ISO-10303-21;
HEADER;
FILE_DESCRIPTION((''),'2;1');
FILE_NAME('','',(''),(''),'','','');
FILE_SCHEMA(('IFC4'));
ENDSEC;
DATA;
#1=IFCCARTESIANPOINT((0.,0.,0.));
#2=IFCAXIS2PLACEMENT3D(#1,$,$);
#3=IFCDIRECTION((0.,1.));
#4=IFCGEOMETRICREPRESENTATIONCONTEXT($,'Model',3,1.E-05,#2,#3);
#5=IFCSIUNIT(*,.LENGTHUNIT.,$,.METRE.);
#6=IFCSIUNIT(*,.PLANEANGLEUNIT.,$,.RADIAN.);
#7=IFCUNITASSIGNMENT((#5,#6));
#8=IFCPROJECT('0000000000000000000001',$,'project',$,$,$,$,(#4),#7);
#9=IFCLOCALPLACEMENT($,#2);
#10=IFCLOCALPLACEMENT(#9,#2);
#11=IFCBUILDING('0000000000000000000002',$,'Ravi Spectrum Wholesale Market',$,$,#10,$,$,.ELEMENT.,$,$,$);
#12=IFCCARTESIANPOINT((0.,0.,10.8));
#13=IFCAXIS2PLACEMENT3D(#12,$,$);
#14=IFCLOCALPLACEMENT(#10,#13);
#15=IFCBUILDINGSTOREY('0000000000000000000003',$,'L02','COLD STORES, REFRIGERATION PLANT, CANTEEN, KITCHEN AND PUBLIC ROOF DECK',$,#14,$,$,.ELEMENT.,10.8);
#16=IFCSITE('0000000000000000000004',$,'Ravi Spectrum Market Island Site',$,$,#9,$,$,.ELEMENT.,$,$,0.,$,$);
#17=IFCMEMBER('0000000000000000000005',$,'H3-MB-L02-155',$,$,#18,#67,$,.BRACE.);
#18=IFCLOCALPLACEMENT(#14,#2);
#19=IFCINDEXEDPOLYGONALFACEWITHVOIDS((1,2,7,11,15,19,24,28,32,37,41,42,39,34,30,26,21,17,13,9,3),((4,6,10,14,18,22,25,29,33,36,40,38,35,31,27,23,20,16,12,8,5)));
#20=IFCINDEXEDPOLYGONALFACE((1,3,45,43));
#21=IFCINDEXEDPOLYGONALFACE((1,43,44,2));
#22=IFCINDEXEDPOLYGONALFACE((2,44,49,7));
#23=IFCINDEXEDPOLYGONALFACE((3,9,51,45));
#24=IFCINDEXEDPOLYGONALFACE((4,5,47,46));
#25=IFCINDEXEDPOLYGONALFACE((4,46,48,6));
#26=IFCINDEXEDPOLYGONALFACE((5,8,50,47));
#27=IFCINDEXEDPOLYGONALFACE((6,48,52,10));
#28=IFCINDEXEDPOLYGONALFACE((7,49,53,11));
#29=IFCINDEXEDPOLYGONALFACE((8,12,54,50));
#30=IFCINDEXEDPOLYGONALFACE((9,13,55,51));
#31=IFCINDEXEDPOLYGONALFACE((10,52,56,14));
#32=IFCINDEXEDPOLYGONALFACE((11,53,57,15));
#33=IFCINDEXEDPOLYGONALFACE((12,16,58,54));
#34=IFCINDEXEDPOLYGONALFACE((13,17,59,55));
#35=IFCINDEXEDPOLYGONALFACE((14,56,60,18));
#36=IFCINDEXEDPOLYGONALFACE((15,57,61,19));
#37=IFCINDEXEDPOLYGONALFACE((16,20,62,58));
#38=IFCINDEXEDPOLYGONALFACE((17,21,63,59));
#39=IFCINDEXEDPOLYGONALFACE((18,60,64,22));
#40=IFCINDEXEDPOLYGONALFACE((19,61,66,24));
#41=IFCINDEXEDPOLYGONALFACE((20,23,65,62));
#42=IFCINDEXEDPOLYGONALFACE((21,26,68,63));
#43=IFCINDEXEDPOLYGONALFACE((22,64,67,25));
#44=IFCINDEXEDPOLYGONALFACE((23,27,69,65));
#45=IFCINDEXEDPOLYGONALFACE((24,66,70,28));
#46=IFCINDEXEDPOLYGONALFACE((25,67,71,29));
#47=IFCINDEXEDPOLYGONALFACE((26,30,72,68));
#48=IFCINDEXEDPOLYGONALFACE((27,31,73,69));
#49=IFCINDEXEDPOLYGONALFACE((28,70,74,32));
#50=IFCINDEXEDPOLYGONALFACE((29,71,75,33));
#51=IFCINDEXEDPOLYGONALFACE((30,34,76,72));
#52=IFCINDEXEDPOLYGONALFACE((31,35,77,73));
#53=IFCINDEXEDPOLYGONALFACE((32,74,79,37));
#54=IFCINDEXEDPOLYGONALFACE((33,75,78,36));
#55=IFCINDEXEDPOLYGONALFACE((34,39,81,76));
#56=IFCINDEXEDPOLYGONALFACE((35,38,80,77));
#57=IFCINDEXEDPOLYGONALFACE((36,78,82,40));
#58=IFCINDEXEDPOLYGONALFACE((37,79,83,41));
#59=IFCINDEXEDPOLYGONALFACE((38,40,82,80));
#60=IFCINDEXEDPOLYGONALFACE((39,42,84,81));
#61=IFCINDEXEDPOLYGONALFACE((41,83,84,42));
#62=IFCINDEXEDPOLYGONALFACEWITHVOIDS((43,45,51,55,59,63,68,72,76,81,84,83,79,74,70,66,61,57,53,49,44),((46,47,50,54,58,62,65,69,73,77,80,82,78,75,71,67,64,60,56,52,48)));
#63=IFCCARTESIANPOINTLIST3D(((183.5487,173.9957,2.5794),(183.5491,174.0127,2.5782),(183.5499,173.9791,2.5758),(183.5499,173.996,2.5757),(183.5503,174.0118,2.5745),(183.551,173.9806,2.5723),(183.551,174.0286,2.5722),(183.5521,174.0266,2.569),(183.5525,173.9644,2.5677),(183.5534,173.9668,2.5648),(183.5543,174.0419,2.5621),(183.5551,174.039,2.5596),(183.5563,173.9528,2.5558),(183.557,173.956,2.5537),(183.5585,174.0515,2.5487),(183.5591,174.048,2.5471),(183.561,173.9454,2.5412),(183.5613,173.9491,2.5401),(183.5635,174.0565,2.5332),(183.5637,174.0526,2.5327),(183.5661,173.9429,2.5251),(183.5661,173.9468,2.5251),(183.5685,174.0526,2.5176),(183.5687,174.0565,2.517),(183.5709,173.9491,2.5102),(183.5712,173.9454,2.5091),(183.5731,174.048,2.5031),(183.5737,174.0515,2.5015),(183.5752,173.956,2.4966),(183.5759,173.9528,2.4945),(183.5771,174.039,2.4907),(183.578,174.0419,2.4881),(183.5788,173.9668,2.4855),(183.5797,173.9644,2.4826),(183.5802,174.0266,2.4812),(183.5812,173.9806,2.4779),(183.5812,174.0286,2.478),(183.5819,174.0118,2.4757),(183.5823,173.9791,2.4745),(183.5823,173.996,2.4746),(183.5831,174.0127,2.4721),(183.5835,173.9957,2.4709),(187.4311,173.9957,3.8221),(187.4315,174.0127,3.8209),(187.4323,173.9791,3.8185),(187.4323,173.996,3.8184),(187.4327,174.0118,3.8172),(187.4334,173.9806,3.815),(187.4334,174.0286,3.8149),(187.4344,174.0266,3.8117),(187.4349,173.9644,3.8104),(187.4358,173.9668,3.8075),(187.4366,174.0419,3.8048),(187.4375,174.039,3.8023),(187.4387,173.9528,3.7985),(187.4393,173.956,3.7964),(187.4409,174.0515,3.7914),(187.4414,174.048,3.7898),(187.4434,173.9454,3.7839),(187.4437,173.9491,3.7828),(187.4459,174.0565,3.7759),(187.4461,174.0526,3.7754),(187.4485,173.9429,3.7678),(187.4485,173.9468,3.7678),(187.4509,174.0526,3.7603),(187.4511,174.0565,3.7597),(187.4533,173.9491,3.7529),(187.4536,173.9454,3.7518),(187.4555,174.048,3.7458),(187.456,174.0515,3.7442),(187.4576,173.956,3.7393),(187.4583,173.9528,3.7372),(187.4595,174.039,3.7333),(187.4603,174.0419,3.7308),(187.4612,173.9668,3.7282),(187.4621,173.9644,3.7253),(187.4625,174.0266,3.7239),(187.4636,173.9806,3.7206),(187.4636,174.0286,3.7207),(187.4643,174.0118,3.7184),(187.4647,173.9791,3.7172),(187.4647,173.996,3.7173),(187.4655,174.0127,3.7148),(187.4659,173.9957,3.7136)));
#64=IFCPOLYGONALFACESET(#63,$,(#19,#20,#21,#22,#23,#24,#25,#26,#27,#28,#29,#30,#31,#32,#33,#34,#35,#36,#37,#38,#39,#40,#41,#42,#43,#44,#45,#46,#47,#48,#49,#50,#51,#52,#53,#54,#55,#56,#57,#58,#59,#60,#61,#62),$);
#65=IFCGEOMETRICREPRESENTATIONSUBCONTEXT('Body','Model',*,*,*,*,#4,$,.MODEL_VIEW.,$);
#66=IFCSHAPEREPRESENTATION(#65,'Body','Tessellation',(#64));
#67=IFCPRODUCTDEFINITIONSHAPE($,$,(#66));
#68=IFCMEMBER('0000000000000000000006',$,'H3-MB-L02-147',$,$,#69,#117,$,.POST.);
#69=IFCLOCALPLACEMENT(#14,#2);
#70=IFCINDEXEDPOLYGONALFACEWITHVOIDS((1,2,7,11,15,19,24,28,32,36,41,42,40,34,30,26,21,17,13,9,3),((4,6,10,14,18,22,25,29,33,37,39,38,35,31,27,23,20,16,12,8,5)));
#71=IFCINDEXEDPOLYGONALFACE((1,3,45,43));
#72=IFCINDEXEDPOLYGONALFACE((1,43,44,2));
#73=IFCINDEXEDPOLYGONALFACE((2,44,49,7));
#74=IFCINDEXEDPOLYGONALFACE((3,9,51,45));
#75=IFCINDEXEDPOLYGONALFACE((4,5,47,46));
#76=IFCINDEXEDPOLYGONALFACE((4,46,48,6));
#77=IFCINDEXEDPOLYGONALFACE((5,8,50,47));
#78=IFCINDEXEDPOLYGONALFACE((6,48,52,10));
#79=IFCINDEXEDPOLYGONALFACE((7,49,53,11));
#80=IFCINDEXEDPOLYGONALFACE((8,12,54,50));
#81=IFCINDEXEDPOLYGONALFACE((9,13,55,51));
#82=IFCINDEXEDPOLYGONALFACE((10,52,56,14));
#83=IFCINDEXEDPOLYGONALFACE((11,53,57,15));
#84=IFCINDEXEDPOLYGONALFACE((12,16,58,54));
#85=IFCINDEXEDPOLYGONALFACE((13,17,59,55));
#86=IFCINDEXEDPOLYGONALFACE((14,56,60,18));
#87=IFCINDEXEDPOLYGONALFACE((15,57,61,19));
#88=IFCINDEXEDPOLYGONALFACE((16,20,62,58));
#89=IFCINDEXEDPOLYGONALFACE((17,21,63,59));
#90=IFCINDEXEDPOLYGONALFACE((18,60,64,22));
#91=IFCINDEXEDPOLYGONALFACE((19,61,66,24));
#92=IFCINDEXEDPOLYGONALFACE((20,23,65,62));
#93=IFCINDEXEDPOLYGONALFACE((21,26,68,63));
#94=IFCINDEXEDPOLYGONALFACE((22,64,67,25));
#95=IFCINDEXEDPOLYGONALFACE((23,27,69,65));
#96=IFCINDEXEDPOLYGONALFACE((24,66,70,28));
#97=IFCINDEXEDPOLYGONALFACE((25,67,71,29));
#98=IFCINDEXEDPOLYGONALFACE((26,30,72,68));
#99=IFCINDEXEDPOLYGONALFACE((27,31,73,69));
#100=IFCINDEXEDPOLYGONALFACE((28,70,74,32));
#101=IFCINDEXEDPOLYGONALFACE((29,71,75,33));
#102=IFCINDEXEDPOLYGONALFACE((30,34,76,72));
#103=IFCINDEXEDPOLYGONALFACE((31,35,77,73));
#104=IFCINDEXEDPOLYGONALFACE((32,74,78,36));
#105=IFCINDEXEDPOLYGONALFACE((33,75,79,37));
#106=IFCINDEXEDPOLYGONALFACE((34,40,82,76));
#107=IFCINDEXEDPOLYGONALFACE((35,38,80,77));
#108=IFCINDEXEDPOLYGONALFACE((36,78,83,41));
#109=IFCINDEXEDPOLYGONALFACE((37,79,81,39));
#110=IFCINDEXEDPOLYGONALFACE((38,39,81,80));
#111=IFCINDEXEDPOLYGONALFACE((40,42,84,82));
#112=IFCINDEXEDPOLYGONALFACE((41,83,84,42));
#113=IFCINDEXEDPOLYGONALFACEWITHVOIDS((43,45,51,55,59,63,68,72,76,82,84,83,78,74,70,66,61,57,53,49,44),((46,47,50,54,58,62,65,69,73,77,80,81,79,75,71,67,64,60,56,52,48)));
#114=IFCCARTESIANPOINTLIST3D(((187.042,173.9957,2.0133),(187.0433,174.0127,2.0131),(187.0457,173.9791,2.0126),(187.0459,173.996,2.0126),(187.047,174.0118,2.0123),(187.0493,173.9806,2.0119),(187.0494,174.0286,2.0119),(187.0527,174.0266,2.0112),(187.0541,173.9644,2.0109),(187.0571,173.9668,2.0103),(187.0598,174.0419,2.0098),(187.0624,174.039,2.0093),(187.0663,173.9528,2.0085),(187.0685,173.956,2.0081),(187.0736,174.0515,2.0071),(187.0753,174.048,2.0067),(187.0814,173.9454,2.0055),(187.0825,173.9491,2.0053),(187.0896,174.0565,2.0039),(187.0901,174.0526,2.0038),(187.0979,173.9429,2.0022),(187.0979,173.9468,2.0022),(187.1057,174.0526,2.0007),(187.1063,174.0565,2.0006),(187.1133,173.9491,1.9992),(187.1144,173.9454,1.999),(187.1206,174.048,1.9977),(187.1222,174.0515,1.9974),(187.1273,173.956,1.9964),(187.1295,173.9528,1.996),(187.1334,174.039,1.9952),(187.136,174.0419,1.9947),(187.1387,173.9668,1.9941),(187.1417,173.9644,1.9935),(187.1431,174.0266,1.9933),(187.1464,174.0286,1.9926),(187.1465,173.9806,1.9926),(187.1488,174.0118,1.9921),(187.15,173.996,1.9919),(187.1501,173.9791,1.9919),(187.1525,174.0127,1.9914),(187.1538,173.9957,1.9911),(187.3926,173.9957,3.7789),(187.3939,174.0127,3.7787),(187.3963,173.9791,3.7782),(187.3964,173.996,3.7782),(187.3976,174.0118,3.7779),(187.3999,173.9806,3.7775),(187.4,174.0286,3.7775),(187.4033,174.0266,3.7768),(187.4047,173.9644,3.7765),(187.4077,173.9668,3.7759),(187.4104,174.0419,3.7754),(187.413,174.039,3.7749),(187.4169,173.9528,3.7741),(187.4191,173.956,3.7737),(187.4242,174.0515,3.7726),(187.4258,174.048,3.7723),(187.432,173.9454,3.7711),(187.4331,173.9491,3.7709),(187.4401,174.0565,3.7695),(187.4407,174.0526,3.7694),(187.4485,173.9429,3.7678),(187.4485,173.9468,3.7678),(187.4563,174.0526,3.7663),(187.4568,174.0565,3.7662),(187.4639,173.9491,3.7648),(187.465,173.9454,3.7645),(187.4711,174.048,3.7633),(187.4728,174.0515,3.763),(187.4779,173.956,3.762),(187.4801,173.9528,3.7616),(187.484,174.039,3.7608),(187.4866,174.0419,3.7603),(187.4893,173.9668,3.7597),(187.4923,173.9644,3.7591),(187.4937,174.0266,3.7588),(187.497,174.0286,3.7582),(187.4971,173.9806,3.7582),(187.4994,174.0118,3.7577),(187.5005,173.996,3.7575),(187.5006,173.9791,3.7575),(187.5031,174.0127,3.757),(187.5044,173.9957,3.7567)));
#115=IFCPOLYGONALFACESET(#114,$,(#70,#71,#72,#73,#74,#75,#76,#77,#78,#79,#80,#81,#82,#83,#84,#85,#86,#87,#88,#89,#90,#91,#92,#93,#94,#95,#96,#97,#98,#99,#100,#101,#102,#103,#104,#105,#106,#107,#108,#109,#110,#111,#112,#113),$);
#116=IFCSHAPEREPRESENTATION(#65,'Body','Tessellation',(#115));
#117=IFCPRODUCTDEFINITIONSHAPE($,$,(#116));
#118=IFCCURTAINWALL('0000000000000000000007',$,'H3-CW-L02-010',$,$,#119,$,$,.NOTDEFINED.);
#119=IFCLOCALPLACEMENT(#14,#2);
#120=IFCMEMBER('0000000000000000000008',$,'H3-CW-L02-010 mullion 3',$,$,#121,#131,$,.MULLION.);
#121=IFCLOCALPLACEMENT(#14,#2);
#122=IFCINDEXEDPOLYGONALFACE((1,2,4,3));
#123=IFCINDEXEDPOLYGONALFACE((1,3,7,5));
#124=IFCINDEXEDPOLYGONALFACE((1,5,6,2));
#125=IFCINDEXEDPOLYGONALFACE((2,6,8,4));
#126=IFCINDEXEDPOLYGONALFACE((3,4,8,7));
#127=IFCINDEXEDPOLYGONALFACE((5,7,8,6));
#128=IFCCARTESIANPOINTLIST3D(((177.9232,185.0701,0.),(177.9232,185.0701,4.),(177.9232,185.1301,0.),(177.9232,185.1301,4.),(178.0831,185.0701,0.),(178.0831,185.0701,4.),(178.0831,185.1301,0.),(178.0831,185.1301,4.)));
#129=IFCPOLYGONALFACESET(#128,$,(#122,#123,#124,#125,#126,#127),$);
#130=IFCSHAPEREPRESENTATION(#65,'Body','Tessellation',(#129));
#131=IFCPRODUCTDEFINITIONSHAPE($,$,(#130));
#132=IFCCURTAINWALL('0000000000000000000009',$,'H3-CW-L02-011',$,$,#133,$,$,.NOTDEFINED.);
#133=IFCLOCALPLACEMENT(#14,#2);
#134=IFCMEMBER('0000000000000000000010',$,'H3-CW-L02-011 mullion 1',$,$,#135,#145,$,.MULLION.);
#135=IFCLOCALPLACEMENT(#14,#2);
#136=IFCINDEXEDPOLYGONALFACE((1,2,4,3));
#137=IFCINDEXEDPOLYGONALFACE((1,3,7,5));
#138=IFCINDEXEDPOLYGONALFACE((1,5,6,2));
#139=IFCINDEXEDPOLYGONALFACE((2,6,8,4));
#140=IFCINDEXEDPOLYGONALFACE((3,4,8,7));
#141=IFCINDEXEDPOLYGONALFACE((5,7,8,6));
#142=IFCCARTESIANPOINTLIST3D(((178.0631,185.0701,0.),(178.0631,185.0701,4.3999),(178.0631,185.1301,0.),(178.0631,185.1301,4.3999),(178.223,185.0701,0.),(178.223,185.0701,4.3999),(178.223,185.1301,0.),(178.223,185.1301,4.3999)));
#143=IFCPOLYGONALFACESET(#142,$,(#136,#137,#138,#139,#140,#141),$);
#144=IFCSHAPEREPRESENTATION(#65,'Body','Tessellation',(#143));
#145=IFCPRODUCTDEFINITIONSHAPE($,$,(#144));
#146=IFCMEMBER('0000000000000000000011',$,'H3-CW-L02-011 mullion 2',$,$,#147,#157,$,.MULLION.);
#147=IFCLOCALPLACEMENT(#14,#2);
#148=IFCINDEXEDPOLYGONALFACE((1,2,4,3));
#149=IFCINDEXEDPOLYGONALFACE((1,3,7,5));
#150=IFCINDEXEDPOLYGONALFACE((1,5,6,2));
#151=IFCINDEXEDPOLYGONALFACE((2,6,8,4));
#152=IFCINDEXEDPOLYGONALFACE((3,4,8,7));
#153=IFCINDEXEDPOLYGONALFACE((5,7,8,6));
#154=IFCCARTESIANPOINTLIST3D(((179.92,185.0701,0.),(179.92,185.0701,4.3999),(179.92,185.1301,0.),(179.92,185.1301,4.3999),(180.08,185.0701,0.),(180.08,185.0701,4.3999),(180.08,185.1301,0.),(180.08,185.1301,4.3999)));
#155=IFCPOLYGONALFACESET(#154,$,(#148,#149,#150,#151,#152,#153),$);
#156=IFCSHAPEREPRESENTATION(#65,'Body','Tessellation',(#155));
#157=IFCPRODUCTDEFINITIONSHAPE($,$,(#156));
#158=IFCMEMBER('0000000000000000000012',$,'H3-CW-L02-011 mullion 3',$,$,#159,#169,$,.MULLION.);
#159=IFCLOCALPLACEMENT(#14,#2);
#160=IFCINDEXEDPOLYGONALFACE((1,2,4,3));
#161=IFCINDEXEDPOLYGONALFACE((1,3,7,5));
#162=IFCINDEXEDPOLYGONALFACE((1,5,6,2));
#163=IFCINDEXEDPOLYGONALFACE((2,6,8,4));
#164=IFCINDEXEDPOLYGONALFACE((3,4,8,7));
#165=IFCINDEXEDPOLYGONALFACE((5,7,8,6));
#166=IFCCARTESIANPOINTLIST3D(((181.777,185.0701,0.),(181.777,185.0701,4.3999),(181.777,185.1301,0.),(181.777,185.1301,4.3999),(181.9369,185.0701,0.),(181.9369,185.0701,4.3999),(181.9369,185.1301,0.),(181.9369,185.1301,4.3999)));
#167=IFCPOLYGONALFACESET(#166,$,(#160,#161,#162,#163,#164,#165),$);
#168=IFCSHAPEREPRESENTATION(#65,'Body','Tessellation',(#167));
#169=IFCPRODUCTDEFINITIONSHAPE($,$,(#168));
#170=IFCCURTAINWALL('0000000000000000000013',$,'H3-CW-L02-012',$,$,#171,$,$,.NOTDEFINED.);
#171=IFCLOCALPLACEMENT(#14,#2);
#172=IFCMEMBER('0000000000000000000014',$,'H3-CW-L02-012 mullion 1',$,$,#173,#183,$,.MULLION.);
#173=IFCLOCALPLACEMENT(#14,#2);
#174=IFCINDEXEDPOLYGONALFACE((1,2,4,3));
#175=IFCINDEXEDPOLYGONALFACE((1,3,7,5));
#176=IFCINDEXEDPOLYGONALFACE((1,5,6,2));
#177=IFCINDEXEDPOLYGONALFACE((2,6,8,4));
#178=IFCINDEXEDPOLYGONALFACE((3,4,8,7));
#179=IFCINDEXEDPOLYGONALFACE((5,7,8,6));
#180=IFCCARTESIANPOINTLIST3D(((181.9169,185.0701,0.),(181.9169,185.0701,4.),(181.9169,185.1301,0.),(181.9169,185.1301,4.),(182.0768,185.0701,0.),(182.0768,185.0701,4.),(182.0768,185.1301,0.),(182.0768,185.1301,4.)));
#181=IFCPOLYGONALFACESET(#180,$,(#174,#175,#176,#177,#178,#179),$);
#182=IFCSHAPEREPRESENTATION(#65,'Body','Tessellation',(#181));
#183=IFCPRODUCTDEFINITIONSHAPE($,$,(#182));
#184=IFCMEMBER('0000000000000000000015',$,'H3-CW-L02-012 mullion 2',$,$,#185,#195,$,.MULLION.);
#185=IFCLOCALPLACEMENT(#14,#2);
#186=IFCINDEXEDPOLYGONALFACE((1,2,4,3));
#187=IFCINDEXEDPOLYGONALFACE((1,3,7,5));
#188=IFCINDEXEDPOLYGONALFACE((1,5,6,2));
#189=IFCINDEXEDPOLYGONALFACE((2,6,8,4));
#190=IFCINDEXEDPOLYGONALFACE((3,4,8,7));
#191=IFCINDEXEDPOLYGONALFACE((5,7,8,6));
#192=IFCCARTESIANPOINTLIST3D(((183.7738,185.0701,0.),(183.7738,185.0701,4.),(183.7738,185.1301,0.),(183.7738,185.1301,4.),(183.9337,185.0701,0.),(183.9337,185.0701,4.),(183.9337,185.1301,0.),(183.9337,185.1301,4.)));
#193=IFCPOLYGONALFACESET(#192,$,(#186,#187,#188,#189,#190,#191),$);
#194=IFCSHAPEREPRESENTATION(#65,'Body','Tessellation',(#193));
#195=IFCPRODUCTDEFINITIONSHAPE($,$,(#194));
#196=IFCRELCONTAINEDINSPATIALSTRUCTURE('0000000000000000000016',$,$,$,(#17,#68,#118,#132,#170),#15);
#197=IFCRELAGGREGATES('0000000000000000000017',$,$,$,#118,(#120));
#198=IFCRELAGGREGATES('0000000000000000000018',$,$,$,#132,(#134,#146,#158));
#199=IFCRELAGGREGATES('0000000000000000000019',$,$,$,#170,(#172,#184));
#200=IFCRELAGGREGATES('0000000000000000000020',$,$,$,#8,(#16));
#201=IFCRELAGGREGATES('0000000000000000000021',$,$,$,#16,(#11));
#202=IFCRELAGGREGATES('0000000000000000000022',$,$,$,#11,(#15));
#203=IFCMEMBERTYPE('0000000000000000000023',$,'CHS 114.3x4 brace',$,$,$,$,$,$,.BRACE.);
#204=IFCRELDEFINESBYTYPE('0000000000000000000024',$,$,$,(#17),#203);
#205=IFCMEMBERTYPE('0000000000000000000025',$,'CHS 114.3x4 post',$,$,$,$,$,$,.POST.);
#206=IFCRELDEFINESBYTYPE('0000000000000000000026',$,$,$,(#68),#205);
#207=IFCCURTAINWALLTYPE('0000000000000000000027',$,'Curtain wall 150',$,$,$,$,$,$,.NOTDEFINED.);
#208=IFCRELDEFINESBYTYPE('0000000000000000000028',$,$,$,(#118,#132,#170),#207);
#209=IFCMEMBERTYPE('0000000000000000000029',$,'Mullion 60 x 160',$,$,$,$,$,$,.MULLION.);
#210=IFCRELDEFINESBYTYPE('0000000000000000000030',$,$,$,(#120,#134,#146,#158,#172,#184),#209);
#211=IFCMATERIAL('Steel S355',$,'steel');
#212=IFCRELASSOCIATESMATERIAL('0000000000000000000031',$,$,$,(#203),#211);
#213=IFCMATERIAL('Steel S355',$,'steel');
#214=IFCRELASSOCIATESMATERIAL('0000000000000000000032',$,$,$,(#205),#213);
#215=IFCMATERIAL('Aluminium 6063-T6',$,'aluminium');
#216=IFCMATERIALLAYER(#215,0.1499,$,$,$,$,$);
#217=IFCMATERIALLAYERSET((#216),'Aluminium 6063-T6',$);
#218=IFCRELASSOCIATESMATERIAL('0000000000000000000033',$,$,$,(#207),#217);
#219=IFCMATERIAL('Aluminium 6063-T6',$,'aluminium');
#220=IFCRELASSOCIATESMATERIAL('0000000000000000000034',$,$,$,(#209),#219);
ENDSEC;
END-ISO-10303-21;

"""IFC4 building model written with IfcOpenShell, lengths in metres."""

from ifc_helpers import new_model, si_unit, direction, frame, origin, origin_2d, place, context, subcontext, project, spatial, rectangle, hollow_circle, extrude, material, layer, layer_set, material_profile, profile_set, type_object, element, aggregate, save


model = new_model("IFC4")

# Units and contexts
model_context = context("Model", 3, precision=1e-05, world=origin(), true_north=direction((0.0, 1.0)))
body_context = subcontext(model_context, "Body", "Model", "MODEL_VIEW")
ifc_project = project(units=[si_unit("LENGTHUNIT", "METRE"), si_unit("PLANEANGLEUNIT", "RADIAN")], contexts=[model_context])

# Site, building, storey
site_placement = place(None, origin())
site = spatial("IfcSite", under=ifc_project, at=site_placement, Name="Ravi Spectrum Market Island Site", CompositionType="ELEMENT", RefElevation=0.0)
building_placement = place(site_placement, origin())
building = spatial("IfcBuilding", under=site, at=building_placement, Name="Ravi Spectrum Wholesale Market", CompositionType="ELEMENT")
storey_placement = place(building_placement, frame((0.0, 0.0, 10.8)))
storey = spatial("IfcBuildingStorey", under=building, at=storey_placement, Name="L02", Description="COLD STORES, REFRIGERATION PLANT, CANTEEN, KITCHEN AND PUBLIC ROOF DECK", CompositionType="ELEMENT", Elevation=10.8)

# Members
ifc_material_1 = material(Name="Steel S355", Category="steel")
ifc_material_profile_1 = material_profile(ifc_material_1, hollow_circle(Radius=0.0571, WallThickness=0.0039, at=origin_2d()))
ifc_profile_set_1 = profile_set([ifc_material_profile_1], Name="Steel S355")
member_type_1 = type_object("IfcMemberType", Name="CHS 114.3x4 brace", PredefinedType="BRACE", material=ifc_profile_set_1)
member_1_placement = place(storey_placement, frame((187.4485, 174.0, 3.7678), z_axis=(-0.952401, 0.0, -0.30485), x_axis=(0.0, -1.0, 0.0)))
element("IfcMember", 1, at=member_1_placement, inside=storey, type_object=member_type_1, Name="H3-MB-L02-155", PredefinedType="BRACE", context=body_context, shape_type="SweptSolid", body=[
    extrude(hollow_circle(Radius=0.0571, WallThickness=0.0039, at=origin_2d()), origin(), (0.0, 0.0, 1.0), 4.0764),
])
ifc_material_2 = material(Name="Steel S355", Category="steel")
ifc_material_profile_2 = material_profile(ifc_material_2, hollow_circle(Radius=0.0571, WallThickness=0.0039, at=origin_2d()))
ifc_profile_set_2 = profile_set([ifc_material_profile_2], Name="Steel S355")
member_type_2 = type_object("IfcMemberType", Name="CHS 114.3x4 post", PredefinedType="POST", material=ifc_profile_set_2)
member_2_placement = place(storey_placement, frame((187.4485, 174.0, 3.7678), z_axis=(-0.19476, 0.0, -0.980851), x_axis=(0.0, -1.0, 0.0)))
element("IfcMember", 2, at=member_2_placement, inside=storey, type_object=member_type_2, Name="H3-MB-L02-147", PredefinedType="POST", context=body_context, shape_type="SweptSolid", body=[
    extrude(hollow_circle(Radius=0.0571, WallThickness=0.0039, at=origin_2d()), origin(), (0.0, 0.0, 1.0), 1.8),
])

# Curtain wall, member
ifc_material_3 = material(Name="Aluminium 6063-T6", Category="aluminium")
ifc_layer_1 = layer(ifc_material_3, 0.1499)
ifc_layer_set_1 = layer_set([ifc_layer_1], Name="Aluminium 6063-T6")
curtain_wall_type = type_object("IfcCurtainWallType", Name="Curtain wall 150", PredefinedType="NOTDEFINED", material=ifc_layer_set_1)
curtain_wall_1_placement = place(storey_placement, origin())
curtain_wall_1 = element("IfcCurtainWall", 3, at=curtain_wall_1_placement, inside=storey, type_object=curtain_wall_type, Name="H3-CW-L02-010", PredefinedType="NOTDEFINED")
ifc_material_4 = material(Name="Aluminium 6063-T6", Category="aluminium")
ifc_material_profile_3 = material_profile(ifc_material_4, rectangle(XDim=0.0601, YDim=0.1599, at=origin_2d()))
ifc_profile_set_3 = profile_set([ifc_material_profile_3], Name="Aluminium 6063-T6")
member_type_3 = type_object("IfcMemberType", Name="Mullion 60 x 160", PredefinedType="MULLION", material=ifc_profile_set_3)
member_3_placement = place(storey_placement, frame((178.0032, 185.1001, 0.0), z_axis=(0.0, 0.0, 1.0), x_axis=(0.0, 1.0, 0.0)))
member_3 = element("IfcMember", 4, at=member_3_placement, type_object=member_type_3, Name="H3-CW-L02-010 mullion 3", PredefinedType="MULLION", context=body_context, shape_type="SweptSolid", body=[
    extrude(rectangle(XDim=0.0601, YDim=0.1599, at=origin_2d()), origin(), (0.0, 0.0, 1.0), 4.0),
])

# Curtain walls, members
curtain_wall_2_placement = place(storey_placement, origin())
curtain_wall_2 = element("IfcCurtainWall", 5, at=curtain_wall_2_placement, inside=storey, type_object=curtain_wall_type, Name="H3-CW-L02-011", PredefinedType="NOTDEFINED")
member_4_placement = place(storey_placement, frame((178.1431, 185.1001, 0.0), z_axis=(0.0, 0.0, 1.0), x_axis=(0.0, 1.0, 0.0)))
member_4 = element("IfcMember", 6, at=member_4_placement, type_object=member_type_3, Name="H3-CW-L02-011 mullion 1", PredefinedType="MULLION", context=body_context, shape_type="SweptSolid", body=[
    extrude(rectangle(XDim=0.0601, YDim=0.1599, at=origin_2d()), origin(), (0.0, 0.0, 1.0), 4.3999),
])
member_5_placement = place(storey_placement, frame((180.0, 185.1001, 0.0), z_axis=(0.0, 0.0, 1.0), x_axis=(0.0, 1.0, 0.0)))
member_5 = element("IfcMember", 7, at=member_5_placement, type_object=member_type_3, Name="H3-CW-L02-011 mullion 2", PredefinedType="MULLION", context=body_context, shape_type="SweptSolid", body=[
    extrude(rectangle(XDim=0.0601, YDim=0.1599, at=origin_2d()), origin(), (0.0, 0.0, 1.0), 4.3999),
])
member_6_placement = place(storey_placement, frame((181.8569, 185.1001, 0.0), z_axis=(0.0, 0.0, 1.0), x_axis=(0.0, 1.0, 0.0)))
member_6 = element("IfcMember", 8, at=member_6_placement, type_object=member_type_3, Name="H3-CW-L02-011 mullion 3", PredefinedType="MULLION", context=body_context, shape_type="SweptSolid", body=[
    extrude(rectangle(XDim=0.0601, YDim=0.1599, at=origin_2d()), origin(), (0.0, 0.0, 1.0), 4.3999),
])
curtain_wall_3_placement = place(storey_placement, origin())
curtain_wall_3 = element("IfcCurtainWall", 9, at=curtain_wall_3_placement, inside=storey, type_object=curtain_wall_type, Name="H3-CW-L02-012", PredefinedType="NOTDEFINED")
member_7_placement = place(storey_placement, frame((181.9968, 185.1001, 0.0), z_axis=(0.0, 0.0, 1.0), x_axis=(0.0, 1.0, 0.0)))
member_7 = element("IfcMember", 10, at=member_7_placement, type_object=member_type_3, Name="H3-CW-L02-012 mullion 1", PredefinedType="MULLION", context=body_context, shape_type="SweptSolid", body=[
    extrude(rectangle(XDim=0.0601, YDim=0.1599, at=origin_2d()), origin(), (0.0, 0.0, 1.0), 4.0),
])
member_8_placement = place(storey_placement, frame((183.8538, 185.1001, 0.0), z_axis=(0.0, 0.0, 1.0), x_axis=(0.0, 1.0, 0.0)))
member_8 = element("IfcMember", 11, at=member_8_placement, type_object=member_type_3, Name="H3-CW-L02-012 mullion 2", PredefinedType="MULLION", context=body_context, shape_type="SweptSolid", body=[
    extrude(rectangle(XDim=0.0601, YDim=0.1599, at=origin_2d()), origin(), (0.0, 0.0, 1.0), 4.0),
])

aggregate(curtain_wall_1, [member_3])
aggregate(curtain_wall_2, [member_4, member_5, member_6])
aggregate(curtain_wall_3, [member_7, member_8])

save(model, "model.ifc")
